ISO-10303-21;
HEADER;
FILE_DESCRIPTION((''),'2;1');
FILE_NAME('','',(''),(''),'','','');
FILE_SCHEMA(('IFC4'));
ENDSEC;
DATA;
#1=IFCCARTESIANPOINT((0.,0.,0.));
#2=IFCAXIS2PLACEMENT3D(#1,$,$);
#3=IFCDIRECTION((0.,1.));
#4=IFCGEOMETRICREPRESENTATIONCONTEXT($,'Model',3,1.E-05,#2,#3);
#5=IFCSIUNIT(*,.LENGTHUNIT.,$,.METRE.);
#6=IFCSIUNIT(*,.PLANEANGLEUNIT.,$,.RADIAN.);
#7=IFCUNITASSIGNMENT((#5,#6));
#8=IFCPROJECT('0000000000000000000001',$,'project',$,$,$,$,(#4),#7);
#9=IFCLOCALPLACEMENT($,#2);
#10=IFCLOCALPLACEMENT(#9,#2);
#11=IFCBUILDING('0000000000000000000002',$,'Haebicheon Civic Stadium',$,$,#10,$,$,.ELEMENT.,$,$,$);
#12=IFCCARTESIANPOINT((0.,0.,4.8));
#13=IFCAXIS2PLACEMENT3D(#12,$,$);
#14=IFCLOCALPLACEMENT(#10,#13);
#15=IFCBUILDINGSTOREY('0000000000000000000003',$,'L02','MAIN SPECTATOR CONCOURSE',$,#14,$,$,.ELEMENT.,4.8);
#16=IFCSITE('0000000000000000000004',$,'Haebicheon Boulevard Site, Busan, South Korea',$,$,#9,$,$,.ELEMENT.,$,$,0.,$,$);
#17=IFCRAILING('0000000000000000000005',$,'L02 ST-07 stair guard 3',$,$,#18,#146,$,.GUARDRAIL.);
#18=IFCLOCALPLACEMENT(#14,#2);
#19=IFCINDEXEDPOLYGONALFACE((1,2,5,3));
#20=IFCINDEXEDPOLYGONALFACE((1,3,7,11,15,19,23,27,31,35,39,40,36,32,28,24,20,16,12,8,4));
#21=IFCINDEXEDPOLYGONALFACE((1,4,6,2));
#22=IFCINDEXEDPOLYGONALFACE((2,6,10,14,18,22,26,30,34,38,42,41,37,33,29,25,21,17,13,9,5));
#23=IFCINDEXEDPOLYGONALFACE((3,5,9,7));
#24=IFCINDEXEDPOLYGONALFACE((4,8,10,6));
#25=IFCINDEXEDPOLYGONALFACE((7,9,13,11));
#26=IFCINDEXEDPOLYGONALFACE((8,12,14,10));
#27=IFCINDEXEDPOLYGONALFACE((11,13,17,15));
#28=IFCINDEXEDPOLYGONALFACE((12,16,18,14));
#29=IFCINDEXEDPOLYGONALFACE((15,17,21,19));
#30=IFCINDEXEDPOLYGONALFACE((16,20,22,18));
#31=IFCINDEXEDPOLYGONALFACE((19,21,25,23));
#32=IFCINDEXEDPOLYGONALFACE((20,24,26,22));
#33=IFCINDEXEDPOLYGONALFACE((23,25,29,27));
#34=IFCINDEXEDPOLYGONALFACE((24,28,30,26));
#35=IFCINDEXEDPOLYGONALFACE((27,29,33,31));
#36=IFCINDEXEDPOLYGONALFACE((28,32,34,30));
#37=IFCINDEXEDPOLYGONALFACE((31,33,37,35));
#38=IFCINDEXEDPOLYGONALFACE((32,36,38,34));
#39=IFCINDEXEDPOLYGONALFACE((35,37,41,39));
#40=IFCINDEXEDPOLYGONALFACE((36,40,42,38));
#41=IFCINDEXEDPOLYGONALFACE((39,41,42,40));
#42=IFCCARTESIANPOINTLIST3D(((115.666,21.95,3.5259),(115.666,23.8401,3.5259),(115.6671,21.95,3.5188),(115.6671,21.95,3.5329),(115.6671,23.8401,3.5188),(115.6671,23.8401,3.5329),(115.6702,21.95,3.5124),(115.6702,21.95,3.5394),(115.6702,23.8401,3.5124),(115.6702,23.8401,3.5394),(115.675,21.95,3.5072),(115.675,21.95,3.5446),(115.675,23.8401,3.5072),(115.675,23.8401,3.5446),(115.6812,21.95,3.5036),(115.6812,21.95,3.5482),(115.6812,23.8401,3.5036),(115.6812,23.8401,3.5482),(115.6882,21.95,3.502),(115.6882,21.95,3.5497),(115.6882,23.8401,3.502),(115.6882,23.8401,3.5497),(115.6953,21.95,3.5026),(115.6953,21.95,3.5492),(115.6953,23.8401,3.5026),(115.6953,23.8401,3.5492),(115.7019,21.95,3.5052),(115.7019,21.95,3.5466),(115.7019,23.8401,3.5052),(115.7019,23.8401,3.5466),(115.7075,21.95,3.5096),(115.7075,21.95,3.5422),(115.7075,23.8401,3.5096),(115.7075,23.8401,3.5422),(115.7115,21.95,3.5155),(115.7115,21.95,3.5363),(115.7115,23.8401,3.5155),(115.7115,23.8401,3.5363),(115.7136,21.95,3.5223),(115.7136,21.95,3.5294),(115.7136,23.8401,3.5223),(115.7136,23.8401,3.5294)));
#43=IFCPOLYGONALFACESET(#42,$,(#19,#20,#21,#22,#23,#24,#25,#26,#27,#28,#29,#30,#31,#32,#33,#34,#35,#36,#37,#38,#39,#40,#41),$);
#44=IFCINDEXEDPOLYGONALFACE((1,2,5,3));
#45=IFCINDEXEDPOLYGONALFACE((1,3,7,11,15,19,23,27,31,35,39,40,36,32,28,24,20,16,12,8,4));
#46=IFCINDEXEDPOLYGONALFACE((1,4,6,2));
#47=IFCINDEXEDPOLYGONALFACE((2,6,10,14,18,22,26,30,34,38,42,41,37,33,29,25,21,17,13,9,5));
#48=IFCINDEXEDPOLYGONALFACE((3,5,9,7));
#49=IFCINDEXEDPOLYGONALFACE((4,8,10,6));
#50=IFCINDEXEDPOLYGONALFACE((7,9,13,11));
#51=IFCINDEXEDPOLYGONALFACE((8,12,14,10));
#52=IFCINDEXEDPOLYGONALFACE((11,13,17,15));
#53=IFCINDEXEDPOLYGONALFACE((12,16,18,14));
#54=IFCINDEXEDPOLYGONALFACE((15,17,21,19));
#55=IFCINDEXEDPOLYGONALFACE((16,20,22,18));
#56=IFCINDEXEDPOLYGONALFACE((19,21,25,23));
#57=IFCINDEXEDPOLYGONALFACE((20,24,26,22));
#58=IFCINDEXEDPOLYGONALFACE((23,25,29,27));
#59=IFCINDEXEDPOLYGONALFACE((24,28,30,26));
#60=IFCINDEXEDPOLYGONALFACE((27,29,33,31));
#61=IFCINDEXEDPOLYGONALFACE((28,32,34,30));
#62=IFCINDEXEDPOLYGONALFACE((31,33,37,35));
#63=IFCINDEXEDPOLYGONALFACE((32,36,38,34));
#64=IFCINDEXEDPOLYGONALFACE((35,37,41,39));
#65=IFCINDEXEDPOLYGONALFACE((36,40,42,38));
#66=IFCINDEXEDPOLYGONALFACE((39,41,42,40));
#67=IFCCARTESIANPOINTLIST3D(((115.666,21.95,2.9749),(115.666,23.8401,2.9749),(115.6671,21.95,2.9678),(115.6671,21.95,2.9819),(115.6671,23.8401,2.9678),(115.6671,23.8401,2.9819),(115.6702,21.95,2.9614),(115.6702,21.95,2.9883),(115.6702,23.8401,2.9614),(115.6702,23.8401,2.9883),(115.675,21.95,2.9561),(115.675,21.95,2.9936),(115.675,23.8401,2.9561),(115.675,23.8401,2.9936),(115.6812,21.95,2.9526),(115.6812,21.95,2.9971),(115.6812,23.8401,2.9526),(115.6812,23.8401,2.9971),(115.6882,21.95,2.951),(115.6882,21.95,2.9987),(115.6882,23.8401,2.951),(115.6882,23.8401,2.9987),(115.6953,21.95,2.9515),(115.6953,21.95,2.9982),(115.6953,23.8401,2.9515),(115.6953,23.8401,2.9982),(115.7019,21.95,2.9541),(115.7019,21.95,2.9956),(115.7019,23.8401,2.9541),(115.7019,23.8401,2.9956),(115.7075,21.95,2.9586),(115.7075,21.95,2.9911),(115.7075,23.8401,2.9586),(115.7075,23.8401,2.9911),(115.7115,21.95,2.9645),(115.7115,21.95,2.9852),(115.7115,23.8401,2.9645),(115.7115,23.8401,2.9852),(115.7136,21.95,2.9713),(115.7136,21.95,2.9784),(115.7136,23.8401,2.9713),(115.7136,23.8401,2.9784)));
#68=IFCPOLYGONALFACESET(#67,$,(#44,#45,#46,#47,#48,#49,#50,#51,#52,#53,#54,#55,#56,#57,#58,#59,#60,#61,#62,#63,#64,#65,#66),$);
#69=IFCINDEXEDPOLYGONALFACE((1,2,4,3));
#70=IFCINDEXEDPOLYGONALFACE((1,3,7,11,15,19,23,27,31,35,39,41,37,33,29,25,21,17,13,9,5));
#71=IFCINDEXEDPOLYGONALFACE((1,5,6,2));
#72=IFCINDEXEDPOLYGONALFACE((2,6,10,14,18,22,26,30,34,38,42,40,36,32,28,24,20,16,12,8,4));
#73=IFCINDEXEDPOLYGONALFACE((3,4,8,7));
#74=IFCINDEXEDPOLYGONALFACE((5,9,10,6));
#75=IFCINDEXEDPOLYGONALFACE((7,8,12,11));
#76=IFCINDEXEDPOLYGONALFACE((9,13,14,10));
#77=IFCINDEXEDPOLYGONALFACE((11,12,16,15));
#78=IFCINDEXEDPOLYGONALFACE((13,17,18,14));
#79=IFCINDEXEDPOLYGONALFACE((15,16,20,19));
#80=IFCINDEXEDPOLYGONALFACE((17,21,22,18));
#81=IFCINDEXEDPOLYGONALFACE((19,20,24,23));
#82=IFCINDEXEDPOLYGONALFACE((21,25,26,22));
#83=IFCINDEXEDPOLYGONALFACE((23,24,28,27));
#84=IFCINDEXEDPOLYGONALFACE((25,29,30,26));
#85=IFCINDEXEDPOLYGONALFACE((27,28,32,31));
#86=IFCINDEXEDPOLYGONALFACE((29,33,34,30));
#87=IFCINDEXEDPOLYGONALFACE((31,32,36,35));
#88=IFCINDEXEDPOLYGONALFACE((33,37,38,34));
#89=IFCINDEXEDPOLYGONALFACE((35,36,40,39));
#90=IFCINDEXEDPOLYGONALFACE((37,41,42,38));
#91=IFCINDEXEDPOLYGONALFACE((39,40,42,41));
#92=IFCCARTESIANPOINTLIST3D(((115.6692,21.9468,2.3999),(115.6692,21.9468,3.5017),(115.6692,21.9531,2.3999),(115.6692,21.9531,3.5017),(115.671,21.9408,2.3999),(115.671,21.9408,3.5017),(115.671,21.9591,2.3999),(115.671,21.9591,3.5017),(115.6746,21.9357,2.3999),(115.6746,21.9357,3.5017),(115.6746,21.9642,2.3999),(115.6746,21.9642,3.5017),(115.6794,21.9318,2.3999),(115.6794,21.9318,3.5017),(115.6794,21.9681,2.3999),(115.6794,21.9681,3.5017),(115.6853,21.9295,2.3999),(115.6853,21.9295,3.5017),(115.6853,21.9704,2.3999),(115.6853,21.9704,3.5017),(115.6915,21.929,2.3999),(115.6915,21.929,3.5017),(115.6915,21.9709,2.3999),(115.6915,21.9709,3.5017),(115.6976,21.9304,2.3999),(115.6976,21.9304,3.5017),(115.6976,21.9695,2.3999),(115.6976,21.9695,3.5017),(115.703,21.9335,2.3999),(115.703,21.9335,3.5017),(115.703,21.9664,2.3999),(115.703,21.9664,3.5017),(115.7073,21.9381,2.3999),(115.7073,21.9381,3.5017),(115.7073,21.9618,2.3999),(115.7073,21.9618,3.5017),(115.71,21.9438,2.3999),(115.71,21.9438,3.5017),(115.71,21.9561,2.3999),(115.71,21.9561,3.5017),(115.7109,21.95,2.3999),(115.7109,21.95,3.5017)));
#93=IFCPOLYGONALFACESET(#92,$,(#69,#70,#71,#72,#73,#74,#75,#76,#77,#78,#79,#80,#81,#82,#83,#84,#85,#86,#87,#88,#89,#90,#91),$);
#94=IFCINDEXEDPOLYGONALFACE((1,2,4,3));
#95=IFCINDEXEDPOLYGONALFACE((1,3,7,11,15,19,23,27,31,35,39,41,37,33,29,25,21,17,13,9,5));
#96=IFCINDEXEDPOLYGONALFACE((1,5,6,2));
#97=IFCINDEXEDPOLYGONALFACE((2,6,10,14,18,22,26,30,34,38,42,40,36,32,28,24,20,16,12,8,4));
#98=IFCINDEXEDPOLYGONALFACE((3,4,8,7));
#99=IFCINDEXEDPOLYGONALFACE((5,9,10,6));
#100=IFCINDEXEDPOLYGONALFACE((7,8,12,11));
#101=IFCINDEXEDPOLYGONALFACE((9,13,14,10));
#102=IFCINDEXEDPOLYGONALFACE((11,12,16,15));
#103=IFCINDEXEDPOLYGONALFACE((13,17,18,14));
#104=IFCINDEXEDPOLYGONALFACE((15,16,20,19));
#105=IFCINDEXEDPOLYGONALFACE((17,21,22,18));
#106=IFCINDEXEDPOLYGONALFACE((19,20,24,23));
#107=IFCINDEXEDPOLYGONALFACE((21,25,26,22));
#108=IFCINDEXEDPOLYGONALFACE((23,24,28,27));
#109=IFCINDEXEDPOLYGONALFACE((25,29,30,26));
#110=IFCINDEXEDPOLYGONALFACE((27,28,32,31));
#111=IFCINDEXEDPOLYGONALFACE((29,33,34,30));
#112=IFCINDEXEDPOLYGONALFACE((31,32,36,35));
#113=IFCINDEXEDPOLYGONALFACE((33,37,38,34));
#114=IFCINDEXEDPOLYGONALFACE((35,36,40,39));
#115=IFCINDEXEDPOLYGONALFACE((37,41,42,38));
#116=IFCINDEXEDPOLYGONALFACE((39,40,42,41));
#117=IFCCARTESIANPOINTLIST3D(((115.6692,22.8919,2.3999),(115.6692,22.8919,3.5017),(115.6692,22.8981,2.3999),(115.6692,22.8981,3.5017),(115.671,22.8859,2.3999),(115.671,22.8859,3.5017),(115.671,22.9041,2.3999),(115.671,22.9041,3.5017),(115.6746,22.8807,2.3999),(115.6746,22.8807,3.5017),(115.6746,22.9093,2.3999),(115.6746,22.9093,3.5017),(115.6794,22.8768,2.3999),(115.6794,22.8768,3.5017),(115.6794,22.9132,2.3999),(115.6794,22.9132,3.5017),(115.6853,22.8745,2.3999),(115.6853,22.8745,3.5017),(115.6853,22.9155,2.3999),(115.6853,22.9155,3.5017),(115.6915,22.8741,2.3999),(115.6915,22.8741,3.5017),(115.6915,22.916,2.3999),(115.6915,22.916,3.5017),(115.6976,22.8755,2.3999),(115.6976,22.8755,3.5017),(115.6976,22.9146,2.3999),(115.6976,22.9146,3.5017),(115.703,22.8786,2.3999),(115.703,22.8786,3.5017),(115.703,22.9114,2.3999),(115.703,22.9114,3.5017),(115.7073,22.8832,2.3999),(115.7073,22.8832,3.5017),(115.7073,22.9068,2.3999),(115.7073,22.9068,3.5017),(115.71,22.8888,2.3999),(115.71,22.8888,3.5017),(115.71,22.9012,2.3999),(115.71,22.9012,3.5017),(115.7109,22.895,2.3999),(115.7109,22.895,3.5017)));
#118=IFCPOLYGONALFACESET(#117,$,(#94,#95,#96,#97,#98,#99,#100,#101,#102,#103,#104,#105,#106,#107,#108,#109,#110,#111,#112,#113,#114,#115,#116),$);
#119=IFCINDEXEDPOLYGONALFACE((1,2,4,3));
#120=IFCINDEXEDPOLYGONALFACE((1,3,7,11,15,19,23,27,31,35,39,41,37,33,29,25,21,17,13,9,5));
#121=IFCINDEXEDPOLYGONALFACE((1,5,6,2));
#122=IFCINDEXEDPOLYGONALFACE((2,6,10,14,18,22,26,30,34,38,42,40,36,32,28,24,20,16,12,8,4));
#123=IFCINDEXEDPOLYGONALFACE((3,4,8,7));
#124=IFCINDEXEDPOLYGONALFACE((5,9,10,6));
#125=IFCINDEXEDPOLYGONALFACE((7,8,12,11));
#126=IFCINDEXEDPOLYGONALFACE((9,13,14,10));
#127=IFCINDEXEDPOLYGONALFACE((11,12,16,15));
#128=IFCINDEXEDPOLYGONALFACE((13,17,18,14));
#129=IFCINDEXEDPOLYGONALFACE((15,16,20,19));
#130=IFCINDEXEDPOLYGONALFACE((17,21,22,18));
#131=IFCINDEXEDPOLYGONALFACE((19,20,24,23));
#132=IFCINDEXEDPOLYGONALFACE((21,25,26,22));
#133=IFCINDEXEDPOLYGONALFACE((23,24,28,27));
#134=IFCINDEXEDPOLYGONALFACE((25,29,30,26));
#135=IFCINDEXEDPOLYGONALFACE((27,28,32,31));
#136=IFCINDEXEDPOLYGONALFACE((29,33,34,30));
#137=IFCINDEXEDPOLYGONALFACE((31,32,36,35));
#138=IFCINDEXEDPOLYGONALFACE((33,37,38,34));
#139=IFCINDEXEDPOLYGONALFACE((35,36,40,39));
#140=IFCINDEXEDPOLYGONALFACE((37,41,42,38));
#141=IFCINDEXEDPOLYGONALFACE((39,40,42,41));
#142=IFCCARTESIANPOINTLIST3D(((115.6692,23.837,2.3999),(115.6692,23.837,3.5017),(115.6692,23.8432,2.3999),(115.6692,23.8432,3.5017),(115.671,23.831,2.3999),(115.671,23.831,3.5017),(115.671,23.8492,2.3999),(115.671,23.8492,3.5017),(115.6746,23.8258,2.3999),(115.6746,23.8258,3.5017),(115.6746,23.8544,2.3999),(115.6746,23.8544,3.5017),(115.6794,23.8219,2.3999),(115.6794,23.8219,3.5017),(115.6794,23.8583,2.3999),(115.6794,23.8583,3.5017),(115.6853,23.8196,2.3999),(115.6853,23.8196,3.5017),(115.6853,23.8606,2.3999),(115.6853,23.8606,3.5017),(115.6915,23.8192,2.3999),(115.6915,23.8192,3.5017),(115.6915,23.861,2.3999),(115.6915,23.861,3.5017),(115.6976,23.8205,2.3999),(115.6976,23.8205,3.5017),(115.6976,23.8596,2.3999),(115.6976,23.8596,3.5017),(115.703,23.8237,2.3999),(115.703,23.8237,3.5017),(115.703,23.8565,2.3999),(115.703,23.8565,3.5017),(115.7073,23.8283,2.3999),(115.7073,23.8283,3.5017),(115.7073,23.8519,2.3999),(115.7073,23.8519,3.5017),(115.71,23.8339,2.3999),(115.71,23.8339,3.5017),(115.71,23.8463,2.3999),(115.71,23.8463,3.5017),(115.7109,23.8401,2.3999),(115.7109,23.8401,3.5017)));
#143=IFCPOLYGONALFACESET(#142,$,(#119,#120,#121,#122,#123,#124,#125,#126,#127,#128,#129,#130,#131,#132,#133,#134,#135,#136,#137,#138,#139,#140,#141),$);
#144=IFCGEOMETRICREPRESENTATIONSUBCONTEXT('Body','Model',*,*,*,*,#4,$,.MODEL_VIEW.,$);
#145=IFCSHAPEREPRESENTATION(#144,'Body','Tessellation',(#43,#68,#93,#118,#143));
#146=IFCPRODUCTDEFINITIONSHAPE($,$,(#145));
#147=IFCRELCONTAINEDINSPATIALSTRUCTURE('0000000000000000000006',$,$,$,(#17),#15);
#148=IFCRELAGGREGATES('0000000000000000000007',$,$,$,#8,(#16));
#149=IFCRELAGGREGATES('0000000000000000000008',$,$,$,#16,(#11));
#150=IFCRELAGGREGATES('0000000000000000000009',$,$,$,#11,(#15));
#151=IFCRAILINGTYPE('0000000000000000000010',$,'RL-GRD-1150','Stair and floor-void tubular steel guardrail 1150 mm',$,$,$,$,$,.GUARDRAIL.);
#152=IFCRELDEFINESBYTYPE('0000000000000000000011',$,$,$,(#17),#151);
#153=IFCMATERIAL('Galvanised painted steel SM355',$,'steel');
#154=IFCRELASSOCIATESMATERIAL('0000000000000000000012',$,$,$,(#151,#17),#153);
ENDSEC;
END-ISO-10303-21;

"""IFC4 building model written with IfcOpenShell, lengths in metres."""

from ifc_helpers import new_model, si_unit, direction, frame, origin, origin_2d, place, context, subcontext, project, spatial, circle, extrude, material, type_object, element, save


model = new_model("IFC4")

# Units and contexts
model_context = context("Model", 3, precision=1e-05, world=origin(), true_north=direction((0.0, 1.0)))
body_context = subcontext(model_context, "Body", "Model", "MODEL_VIEW")
ifc_project = project(units=[si_unit("LENGTHUNIT", "METRE"), si_unit("PLANEANGLEUNIT", "RADIAN")], contexts=[model_context])

# Site, building, storey
site_placement = place(None, origin())
site = spatial("IfcSite", under=ifc_project, at=site_placement, Name="Haebicheon Boulevard Site, Busan, South Korea", CompositionType="ELEMENT", RefElevation=0.0)
building_placement = place(site_placement, origin())
building = spatial("IfcBuilding", under=site, at=building_placement, Name="Haebicheon Civic Stadium", CompositionType="ELEMENT")
storey_placement = place(building_placement, frame((0.0, 0.0, 4.8)))
storey = spatial("IfcBuildingStorey", under=building, at=storey_placement, Name="L02", Description="MAIN SPECTATOR CONCOURSE", CompositionType="ELEMENT", Elevation=4.8)

# Railing
ifc_material_1 = material(Name="Galvanised painted steel SM355", Category="steel")
railing_type_1 = type_object("IfcRailingType", Name="RL-GRD-1150", Description="Stair and floor-void tubular steel guardrail 1150 mm", PredefinedType="GUARDRAIL", material=ifc_material_1)
railing_1_placement = place(storey_placement, frame((115.6899, 21.95, 2.3999)))
element("IfcRailing", 1, at=railing_1_placement, inside=storey, type_object=railing_type_1, material=ifc_material_1, Name="L02 ST-07 stair guard 3", PredefinedType="GUARDRAIL", context=body_context, shape_type="SweptSolid", body=[
    extrude(circle(Radius=0.0239, at=origin_2d()), frame((0.0, 0.0, 1.126), z_axis=(0.0, 1.0, 0.0), x_axis=(-1.0, 0.0, 0.0)), (0.0, 0.0, 1.0), 1.8901),
    extrude(circle(Radius=0.0239, at=origin_2d()), frame((0.0, 0.0, 0.575), z_axis=(0.0, 1.0, 0.0), x_axis=(-1.0, 0.0, 0.0)), (0.0, 0.0, 1.0), 1.8901),
    extrude(circle(Radius=0.021, at=origin_2d()), origin(), (0.0, 0.0, 1.0), 1.1018),
    extrude(circle(Radius=0.021, at=origin_2d()), frame((0.0, 0.9451, 0.0)), (0.0, 0.0, 1.0), 1.1018),
    extrude(circle(Radius=0.021, at=origin_2d()), frame((0.0, 1.8901, 0.0)), (0.0, 0.0, 1.0), 1.1018),
])

save(model, "model.ifc")
